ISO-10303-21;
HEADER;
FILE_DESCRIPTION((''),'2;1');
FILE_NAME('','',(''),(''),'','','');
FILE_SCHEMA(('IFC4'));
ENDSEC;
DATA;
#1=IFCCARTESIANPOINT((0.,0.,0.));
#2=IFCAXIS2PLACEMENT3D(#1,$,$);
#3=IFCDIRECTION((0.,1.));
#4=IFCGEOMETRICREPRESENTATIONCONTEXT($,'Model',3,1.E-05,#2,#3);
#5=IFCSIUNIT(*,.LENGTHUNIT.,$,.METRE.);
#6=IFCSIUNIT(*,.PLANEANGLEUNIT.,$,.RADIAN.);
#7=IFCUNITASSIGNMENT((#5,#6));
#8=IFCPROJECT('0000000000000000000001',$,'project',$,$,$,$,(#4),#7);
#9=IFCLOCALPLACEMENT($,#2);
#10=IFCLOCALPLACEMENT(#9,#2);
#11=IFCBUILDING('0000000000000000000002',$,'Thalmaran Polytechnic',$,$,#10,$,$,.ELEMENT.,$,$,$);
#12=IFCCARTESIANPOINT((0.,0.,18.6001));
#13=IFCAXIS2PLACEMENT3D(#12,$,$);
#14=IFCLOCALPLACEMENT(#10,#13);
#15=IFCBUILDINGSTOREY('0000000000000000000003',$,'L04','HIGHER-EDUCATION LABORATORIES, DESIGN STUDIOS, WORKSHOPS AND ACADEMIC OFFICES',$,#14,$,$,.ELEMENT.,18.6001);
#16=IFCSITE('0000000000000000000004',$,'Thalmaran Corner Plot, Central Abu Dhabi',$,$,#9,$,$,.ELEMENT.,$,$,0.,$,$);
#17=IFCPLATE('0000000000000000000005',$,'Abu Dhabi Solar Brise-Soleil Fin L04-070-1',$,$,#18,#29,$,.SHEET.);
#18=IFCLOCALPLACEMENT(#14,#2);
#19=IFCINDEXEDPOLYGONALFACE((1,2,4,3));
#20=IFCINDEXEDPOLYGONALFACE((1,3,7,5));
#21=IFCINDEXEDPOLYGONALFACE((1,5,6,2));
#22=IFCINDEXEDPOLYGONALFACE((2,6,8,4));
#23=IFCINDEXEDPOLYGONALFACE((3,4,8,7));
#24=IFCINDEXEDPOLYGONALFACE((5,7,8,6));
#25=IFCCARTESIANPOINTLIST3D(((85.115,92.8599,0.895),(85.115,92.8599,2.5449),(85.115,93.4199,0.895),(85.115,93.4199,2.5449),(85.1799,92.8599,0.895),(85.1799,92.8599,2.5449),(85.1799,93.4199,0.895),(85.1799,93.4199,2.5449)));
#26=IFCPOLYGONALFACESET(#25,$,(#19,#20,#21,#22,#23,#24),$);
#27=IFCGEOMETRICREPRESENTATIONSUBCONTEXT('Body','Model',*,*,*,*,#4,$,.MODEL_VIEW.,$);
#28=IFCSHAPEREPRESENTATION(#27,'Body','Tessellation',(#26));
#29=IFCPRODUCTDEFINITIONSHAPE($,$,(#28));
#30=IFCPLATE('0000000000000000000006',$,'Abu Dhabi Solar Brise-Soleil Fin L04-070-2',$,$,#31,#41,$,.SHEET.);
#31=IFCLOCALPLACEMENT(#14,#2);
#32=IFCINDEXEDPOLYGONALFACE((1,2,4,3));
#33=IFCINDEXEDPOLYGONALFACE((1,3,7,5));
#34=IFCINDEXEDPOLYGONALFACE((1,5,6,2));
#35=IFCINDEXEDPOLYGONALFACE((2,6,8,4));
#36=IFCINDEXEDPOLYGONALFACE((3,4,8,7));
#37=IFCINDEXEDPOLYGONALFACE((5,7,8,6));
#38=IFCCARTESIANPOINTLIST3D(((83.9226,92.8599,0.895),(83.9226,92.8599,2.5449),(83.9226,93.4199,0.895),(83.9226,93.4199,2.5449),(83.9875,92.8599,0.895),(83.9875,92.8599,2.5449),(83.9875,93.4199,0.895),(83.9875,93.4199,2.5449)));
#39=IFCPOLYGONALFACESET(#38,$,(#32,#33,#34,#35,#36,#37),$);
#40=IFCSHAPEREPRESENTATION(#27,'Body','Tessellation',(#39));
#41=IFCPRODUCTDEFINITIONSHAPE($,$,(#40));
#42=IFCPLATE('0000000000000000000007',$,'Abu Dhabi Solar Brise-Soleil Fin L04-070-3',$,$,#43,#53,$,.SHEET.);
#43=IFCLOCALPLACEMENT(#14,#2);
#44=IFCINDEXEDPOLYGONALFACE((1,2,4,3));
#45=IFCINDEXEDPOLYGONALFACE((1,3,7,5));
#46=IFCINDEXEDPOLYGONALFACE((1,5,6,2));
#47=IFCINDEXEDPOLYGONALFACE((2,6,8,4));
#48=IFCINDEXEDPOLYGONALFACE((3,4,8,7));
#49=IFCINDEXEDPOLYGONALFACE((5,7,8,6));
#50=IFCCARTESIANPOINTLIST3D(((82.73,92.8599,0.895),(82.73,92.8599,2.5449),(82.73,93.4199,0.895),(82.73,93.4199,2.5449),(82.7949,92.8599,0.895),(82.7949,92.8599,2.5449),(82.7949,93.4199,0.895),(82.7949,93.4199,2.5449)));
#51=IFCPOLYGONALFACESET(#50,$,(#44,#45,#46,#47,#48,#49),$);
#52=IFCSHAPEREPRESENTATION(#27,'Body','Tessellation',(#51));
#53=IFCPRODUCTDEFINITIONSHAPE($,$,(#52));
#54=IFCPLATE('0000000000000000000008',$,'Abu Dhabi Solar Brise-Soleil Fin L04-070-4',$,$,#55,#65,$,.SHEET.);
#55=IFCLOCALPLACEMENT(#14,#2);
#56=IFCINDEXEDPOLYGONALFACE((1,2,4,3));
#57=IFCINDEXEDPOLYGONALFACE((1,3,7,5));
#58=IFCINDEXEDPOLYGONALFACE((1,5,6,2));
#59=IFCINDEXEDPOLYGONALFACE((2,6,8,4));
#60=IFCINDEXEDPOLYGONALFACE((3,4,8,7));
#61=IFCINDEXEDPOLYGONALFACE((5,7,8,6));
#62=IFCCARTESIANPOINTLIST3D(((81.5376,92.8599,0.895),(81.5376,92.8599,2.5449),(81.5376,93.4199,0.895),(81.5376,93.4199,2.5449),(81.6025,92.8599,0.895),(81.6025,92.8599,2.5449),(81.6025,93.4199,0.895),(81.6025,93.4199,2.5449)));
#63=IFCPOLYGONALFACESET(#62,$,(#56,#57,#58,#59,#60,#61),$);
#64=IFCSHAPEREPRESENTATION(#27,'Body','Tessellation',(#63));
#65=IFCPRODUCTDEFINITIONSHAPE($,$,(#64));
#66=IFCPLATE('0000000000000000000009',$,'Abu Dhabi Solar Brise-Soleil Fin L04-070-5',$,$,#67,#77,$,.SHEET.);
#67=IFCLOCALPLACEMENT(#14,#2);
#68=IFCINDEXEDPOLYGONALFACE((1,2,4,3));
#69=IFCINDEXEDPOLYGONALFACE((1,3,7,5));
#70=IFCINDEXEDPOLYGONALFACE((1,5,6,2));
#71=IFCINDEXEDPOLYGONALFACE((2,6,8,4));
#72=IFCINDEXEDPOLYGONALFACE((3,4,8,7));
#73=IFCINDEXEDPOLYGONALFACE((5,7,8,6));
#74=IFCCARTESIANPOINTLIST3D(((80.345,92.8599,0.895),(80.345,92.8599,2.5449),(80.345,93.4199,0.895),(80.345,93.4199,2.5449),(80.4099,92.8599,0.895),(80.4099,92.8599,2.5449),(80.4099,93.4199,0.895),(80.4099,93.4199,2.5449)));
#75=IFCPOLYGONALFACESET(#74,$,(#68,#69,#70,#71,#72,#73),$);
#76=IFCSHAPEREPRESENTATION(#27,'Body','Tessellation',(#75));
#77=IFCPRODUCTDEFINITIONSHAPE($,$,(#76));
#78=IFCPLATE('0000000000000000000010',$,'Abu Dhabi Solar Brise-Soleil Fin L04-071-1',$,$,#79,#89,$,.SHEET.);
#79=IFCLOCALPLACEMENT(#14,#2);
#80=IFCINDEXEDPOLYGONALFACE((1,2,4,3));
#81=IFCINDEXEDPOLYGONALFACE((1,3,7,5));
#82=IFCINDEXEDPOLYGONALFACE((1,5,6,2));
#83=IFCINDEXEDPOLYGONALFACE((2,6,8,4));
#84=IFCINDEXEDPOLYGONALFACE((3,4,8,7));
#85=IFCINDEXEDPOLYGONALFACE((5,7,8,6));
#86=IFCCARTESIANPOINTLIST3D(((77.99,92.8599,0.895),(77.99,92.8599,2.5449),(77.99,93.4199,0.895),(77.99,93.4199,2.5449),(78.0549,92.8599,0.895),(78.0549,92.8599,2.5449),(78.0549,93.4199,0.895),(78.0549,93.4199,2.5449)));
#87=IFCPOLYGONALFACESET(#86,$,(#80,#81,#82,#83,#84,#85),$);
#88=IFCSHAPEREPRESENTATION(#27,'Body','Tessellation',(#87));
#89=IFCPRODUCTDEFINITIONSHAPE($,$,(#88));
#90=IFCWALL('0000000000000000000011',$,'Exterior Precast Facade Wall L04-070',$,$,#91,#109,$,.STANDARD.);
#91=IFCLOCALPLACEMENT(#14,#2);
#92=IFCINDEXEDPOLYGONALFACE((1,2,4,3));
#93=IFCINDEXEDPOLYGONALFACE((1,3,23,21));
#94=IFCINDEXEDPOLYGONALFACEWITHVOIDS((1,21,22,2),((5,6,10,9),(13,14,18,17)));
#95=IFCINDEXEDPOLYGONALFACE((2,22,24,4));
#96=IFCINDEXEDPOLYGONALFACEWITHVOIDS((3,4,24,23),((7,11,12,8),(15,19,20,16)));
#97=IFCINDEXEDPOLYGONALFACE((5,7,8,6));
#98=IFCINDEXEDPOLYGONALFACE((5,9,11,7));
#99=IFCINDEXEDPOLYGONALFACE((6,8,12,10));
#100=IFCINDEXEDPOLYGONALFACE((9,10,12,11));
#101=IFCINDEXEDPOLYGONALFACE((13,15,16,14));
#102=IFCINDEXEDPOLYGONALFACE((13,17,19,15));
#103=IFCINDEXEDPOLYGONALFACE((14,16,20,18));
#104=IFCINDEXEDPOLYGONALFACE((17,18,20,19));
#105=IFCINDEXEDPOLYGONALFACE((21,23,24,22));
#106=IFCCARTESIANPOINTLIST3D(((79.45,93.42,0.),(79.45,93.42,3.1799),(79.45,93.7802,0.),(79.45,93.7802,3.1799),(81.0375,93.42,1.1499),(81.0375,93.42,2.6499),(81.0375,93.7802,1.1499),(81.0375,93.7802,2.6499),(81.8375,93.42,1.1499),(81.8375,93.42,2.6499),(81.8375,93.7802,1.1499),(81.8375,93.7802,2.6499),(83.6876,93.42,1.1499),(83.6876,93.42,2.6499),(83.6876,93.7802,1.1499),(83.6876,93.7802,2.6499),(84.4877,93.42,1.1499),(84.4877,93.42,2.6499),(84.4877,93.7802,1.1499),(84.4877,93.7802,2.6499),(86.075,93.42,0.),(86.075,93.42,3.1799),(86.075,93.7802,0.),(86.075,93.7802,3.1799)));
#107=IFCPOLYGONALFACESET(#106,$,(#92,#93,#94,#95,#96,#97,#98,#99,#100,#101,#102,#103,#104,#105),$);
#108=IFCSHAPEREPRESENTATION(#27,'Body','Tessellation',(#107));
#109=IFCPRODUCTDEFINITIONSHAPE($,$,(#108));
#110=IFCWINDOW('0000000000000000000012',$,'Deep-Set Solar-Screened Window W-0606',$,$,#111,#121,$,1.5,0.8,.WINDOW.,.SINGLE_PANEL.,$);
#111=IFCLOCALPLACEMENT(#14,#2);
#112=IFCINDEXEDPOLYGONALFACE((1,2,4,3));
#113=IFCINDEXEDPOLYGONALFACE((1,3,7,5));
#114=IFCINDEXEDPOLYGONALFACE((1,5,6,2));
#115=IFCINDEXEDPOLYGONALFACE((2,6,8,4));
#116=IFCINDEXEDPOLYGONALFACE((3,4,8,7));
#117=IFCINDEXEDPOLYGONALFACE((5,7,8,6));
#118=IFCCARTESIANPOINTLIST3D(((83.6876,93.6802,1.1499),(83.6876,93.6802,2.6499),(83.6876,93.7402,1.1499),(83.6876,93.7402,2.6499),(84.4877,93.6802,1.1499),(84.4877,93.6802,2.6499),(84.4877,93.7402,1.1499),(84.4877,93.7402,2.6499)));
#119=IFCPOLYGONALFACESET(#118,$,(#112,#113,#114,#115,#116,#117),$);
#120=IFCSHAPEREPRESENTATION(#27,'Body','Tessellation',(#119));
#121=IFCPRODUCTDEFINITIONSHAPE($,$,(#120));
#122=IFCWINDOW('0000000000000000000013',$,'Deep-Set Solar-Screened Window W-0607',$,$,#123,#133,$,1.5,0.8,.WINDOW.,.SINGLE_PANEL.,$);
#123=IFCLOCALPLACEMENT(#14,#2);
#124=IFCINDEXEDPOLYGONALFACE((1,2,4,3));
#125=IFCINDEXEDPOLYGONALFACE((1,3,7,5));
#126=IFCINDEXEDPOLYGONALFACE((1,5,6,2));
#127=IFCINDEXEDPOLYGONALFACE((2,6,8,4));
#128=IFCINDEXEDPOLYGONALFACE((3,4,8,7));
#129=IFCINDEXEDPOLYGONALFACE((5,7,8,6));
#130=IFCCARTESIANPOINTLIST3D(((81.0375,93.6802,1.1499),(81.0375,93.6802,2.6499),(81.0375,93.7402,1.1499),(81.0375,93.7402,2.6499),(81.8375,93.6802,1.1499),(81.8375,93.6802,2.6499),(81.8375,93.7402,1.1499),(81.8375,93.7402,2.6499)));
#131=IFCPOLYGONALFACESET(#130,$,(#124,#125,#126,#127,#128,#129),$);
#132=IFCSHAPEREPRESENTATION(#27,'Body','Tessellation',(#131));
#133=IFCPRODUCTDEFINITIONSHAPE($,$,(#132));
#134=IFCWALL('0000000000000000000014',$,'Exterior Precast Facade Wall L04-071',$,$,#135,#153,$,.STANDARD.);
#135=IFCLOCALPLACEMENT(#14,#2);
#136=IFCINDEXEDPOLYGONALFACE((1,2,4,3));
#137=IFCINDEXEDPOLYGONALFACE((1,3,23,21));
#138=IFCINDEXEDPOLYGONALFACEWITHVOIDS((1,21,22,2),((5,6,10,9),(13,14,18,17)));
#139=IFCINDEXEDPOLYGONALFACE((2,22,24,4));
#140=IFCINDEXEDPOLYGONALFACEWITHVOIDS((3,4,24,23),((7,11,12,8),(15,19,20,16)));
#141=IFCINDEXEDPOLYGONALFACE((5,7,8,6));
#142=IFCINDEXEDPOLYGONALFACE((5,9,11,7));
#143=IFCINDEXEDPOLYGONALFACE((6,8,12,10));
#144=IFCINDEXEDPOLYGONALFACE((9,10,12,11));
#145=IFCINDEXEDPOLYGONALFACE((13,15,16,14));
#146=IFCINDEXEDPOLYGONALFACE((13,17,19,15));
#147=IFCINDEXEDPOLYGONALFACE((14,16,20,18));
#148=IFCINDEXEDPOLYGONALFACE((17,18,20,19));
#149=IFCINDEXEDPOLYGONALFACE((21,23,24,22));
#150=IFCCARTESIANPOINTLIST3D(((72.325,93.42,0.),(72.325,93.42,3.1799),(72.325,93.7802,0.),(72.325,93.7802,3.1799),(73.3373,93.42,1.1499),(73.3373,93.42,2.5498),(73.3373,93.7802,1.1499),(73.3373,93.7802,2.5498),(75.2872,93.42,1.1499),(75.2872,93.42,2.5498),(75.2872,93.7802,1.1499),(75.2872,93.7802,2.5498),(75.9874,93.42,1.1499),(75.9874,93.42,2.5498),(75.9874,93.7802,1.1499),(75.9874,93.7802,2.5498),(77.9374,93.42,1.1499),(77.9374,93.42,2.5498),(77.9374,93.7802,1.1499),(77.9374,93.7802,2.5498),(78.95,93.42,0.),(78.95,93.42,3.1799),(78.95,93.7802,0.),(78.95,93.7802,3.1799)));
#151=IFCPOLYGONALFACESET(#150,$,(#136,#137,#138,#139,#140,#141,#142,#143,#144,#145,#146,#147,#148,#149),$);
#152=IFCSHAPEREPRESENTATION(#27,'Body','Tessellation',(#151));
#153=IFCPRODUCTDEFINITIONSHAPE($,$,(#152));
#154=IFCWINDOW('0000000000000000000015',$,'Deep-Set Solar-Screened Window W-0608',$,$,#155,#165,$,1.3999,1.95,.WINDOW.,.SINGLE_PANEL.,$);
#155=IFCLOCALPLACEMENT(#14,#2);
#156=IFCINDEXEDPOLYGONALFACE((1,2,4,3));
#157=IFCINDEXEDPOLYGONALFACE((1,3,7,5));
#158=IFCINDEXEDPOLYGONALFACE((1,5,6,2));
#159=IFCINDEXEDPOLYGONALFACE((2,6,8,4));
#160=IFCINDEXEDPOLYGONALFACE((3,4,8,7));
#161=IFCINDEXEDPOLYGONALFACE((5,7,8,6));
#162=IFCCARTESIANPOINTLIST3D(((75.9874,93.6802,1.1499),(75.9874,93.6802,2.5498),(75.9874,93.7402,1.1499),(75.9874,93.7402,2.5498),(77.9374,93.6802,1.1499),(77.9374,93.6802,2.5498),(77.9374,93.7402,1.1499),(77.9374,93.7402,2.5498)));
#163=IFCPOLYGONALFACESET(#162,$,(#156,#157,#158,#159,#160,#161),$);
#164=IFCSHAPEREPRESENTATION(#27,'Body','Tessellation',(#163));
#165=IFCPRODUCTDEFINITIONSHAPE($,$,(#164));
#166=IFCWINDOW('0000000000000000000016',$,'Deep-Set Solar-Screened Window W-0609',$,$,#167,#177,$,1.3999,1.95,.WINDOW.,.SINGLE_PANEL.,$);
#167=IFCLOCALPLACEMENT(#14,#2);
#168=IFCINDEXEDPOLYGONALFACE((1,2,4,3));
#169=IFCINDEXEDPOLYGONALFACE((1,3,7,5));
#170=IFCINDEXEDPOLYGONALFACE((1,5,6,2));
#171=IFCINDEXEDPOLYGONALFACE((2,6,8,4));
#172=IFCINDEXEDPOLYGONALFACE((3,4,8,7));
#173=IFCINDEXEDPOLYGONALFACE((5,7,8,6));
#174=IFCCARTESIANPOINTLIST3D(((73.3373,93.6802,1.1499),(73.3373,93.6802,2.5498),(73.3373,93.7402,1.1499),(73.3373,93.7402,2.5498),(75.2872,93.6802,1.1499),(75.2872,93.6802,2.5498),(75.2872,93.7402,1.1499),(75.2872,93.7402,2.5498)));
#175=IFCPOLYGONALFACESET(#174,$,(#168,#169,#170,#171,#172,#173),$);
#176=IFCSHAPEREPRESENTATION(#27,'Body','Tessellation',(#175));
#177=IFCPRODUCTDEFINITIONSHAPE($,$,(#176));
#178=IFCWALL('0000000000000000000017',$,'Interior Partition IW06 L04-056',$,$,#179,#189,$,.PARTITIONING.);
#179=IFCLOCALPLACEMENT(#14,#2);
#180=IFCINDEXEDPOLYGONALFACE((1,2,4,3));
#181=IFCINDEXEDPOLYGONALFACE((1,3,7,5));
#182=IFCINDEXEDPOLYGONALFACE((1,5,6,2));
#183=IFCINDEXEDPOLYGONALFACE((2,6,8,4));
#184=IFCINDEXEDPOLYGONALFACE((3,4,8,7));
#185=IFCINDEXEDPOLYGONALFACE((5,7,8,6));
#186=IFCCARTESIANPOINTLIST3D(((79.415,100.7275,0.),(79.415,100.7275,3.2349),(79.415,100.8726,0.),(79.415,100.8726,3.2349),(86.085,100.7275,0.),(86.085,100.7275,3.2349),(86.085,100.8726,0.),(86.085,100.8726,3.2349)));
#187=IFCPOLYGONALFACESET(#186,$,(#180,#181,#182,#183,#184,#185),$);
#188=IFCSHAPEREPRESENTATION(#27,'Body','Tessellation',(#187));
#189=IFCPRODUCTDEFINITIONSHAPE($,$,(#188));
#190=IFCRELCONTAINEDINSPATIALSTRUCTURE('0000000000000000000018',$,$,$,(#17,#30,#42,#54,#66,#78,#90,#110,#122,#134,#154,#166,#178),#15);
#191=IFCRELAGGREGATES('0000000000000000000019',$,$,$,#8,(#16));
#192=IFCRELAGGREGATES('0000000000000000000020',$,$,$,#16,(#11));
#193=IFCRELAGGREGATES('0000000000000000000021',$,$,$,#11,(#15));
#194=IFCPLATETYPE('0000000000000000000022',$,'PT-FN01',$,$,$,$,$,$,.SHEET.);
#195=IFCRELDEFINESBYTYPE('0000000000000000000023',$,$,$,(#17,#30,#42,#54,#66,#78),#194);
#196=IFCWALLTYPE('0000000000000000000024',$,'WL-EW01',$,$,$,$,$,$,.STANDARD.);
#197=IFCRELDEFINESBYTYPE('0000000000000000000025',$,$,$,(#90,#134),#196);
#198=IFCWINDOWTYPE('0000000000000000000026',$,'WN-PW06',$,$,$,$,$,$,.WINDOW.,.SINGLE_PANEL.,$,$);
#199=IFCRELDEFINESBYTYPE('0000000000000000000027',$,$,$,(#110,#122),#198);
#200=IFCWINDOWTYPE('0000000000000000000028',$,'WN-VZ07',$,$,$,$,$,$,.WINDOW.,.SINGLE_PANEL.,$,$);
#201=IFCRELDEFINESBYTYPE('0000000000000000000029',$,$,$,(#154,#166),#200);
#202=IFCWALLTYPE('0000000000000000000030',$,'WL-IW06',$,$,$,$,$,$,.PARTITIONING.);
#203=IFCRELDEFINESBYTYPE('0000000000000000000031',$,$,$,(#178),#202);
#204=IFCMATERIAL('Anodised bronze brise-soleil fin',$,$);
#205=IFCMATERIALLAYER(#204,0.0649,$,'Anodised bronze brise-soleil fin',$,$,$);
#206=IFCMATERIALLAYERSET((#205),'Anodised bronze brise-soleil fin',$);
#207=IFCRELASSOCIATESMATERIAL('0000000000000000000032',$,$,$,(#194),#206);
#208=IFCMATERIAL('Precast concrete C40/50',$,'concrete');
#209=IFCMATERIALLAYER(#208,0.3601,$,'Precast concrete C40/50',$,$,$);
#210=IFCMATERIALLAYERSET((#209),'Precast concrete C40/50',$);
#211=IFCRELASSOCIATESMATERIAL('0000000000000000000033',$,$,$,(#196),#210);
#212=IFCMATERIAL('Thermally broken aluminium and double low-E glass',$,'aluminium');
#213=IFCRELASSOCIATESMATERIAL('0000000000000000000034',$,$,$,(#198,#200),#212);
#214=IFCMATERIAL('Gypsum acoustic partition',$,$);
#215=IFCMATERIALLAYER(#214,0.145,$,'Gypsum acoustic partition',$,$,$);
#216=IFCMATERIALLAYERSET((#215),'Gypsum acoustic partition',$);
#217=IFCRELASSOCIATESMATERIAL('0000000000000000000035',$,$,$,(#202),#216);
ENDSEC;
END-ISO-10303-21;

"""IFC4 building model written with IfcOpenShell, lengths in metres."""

from ifc_helpers import new_model, si_unit, direction, frame, frame_2d, origin, origin_2d, place, context, subcontext, project, spatial, rectangle, extrude, material, layer, layer_set, type_object, element, fill, save


model = new_model("IFC4")

# Units and contexts
model_context = context("Model", 3, precision=1e-05, world=origin(), true_north=direction((0.0, 1.0)))
body_context = subcontext(model_context, "Body", "Model", "MODEL_VIEW")
ifc_project = project(units=[si_unit("LENGTHUNIT", "METRE"), si_unit("PLANEANGLEUNIT", "RADIAN")], contexts=[model_context])

# Site, building, storey
site_placement = place(None, origin())
site = spatial("IfcSite", under=ifc_project, at=site_placement, Name="Thalmaran Corner Plot, Central Abu Dhabi", CompositionType="ELEMENT", RefElevation=0.0)
building_placement = place(site_placement, origin())
building = spatial("IfcBuilding", under=site, at=building_placement, Name="Thalmaran Polytechnic", CompositionType="ELEMENT")
storey_placement = place(building_placement, frame((0.0, 0.0, 18.6001)))
storey = spatial("IfcBuildingStorey", under=building, at=storey_placement, Name="L04", Description="HIGHER-EDUCATION LABORATORIES, DESIGN STUDIOS, WORKSHOPS AND ACADEMIC OFFICES", CompositionType="ELEMENT", Elevation=18.6001)

# Plates
ifc_material_1 = material(Name="Anodised bronze brise-soleil fin")
ifc_layer_1 = layer(ifc_material_1, 0.0649, Name="Anodised bronze brise-soleil fin")
ifc_layer_set_1 = layer_set([ifc_layer_1], Name="Anodised bronze brise-soleil fin")
plate_type_1 = type_object("IfcPlateType", Name="PT-FN01", PredefinedType="SHEET", material=ifc_layer_set_1)
for number, where, z_axis, x_axis, name in (
    (1, (85.1475, 93.1399, 0.895), (0.0, 0.0, 1.0), (-1.0, 0.0, 0.0), "Abu Dhabi Solar Brise-Soleil Fin L04-070-1"),
    (2, (83.9551, 93.1399, 0.895), (0.0, 0.0, 1.0), (-1.0, 0.0, 0.0), "Abu Dhabi Solar Brise-Soleil Fin L04-070-2"),
    (3, (82.7625, 93.1399, 0.895), (0.0, 0.0, 1.0), (-1.0, 0.0, 0.0), "Abu Dhabi Solar Brise-Soleil Fin L04-070-3"),
    (4, (81.5701, 93.1399, 0.895), (0.0, 0.0, 1.0), (-1.0, 0.0, 0.0), "Abu Dhabi Solar Brise-Soleil Fin L04-070-4"),
    (5, (80.3774, 93.1399, 0.895), (0.0, 0.0, 1.0), (-1.0, 0.0, 0.0), "Abu Dhabi Solar Brise-Soleil Fin L04-070-5"),
    (6, (78.0225, 93.1399, 0.895), (0.0, 0.0, 1.0), (-1.0, 0.0, 0.0), "Abu Dhabi Solar Brise-Soleil Fin L04-071-1"),
):
    element("IfcPlate", number, at=place(storey_placement, frame(where, z_axis=z_axis, x_axis=x_axis)), inside=storey, type_object=plate_type_1, Name=name, PredefinedType="SHEET", context=body_context, shape_type="SweptSolid", body=[
        extrude(rectangle(XDim=0.0649, YDim=0.5601, at=origin_2d()), origin(), (0.0, 0.0, 1.0), 1.6499),
    ])

# Walls, openings, windows
ifc_material_2 = material(Name="Precast concrete C40/50", Category="concrete")
ifc_layer_2 = layer(ifc_material_2, 0.3601, Name="Precast concrete C40/50")
ifc_layer_set_2 = layer_set([ifc_layer_2], Name="Precast concrete C40/50")
wall_type_1 = type_object("IfcWallType", Name="WL-EW01", PredefinedType="STANDARD", material=ifc_layer_set_2)
wall_1_placement = place(storey_placement, frame((86.075, 93.6001, 0.0), z_axis=(0.0, 0.0, 1.0), x_axis=(-1.0, 0.0, 0.0)))
wall_1 = element("IfcWall", 7, at=wall_1_placement, inside=storey, type_object=wall_type_1, Name="Exterior Precast Facade Wall L04-070", PredefinedType="STANDARD", context=body_context, shape_type="SweptSolid", body=[
    extrude(rectangle(XDim=6.625, YDim=0.3601, at=frame_2d((3.3125, 0.0))), origin(), (0.0, 0.0, 1.0), 3.1799),
])
opening_1_placement = place(wall_1_placement, frame((1.5874, 0.0, 1.1499)))
opening_1 = element("IfcOpeningElement", 8, at=opening_1_placement, cuts=wall_1, PredefinedType="OPENING", context=body_context, shape_type="SweptSolid", body=[
    extrude(rectangle(XDim=0.8, YDim=1.5, at=frame_2d((0.3999, 0.75))), frame((0.0, 0.1899, 0.0), z_axis=(0.0, -1.0, 0.0), x_axis=(1.0, 0.0, 0.0)), (0.0, 0.0, 1.0), 0.3801),
])
opening_2_placement = place(wall_1_placement, frame((4.2375, 0.0, 1.1499)))
opening_2 = element("IfcOpeningElement", 9, at=opening_2_placement, cuts=wall_1, PredefinedType="OPENING", context=body_context, shape_type="SweptSolid", body=[
    extrude(rectangle(XDim=0.8, YDim=1.5, at=frame_2d((0.3999, 0.75))), frame((0.0, 0.1899, 0.0), z_axis=(0.0, -1.0, 0.0), x_axis=(1.0, 0.0, 0.0)), (0.0, 0.0, 1.0), 0.3801),
])
ifc_material_3 = material(Name="Thermally broken aluminium and double low-E glass", Category="aluminium")
window_type_1 = type_object("IfcWindowType", Name="WN-PW06", PartitioningType="SINGLE_PANEL", PredefinedType="WINDOW", material=ifc_material_3)
window_1_placement = place(opening_1_placement, origin())
window_1 = element("IfcWindow", 10, at=window_1_placement, inside=storey, type_object=window_type_1, Name="Deep-Set Solar-Screened Window W-0606", OverallHeight=1.5, OverallWidth=0.8, PartitioningType="SINGLE_PANEL", PredefinedType="WINDOW", context=body_context, shape_type="SweptSolid", body=[
    extrude(rectangle(XDim=0.8, YDim=1.5, at=frame_2d((0.3999, 0.75))), frame((0.0, -0.0801, 0.0), z_axis=(0.0, -1.0, 0.0), x_axis=(1.0, 0.0, 0.0)), (0.0, 0.0, 1.0), 0.0601),
])
fill(opening_1, window_1)
window_2_placement = place(opening_2_placement, origin())
window_2 = element("IfcWindow", 11, at=window_2_placement, inside=storey, type_object=window_type_1, Name="Deep-Set Solar-Screened Window W-0607", OverallHeight=1.5, OverallWidth=0.8, PartitioningType="SINGLE_PANEL", PredefinedType="WINDOW", context=body_context, shape_type="SweptSolid", body=[
    extrude(rectangle(XDim=0.8, YDim=1.5, at=frame_2d((0.3999, 0.75))), frame((0.0, -0.0801, 0.0), z_axis=(0.0, -1.0, 0.0), x_axis=(1.0, 0.0, 0.0)), (0.0, 0.0, 1.0), 0.0601),
])
fill(opening_2, window_2)
wall_2_placement = place(storey_placement, frame((78.95, 93.6001, 0.0), z_axis=(0.0, 0.0, 1.0), x_axis=(-1.0, 0.0, 0.0)))
wall_2 = element("IfcWall", 12, at=wall_2_placement, inside=storey, type_object=wall_type_1, Name="Exterior Precast Facade Wall L04-071", PredefinedType="STANDARD", context=body_context, shape_type="SweptSolid", body=[
    extrude(rectangle(XDim=6.625, YDim=0.3601, at=frame_2d((3.3125, 0.0))), origin(), (0.0, 0.0, 1.0), 3.1799),
])
opening_3_placement = place(wall_2_placement, frame((1.0125, 0.0, 1.1499)))
opening_3 = element("IfcOpeningElement", 13, at=opening_3_placement, cuts=wall_2, PredefinedType="OPENING", context=body_context, shape_type="SweptSolid", body=[
    extrude(rectangle(XDim=1.95, YDim=1.3999, at=frame_2d((0.9751, 0.7))), frame((0.0, 0.1899, 0.0), z_axis=(0.0, -1.0, 0.0), x_axis=(1.0, 0.0, 0.0)), (0.0, 0.0, 1.0), 0.3801),
])
opening_4_placement = place(wall_2_placement, frame((3.6626, 0.0, 1.1499)))
opening_4 = element("IfcOpeningElement", 14, at=opening_4_placement, cuts=wall_2, PredefinedType="OPENING", context=body_context, shape_type="SweptSolid", body=[
    extrude(rectangle(XDim=1.95, YDim=1.3999, at=frame_2d((0.9751, 0.7))), frame((0.0, 0.1899, 0.0), z_axis=(0.0, -1.0, 0.0), x_axis=(1.0, 0.0, 0.0)), (0.0, 0.0, 1.0), 0.3801),
])
window_type_2 = type_object("IfcWindowType", Name="WN-VZ07", PartitioningType="SINGLE_PANEL", PredefinedType="WINDOW", material=ifc_material_3)
window_3_placement = place(opening_3_placement, origin())
window_3 = element("IfcWindow", 15, at=window_3_placement, inside=storey, type_object=window_type_2, Name="Deep-Set Solar-Screened Window W-0608", OverallHeight=1.3999, OverallWidth=1.95, PartitioningType="SINGLE_PANEL", PredefinedType="WINDOW", context=body_context, shape_type="SweptSolid", body=[
    extrude(rectangle(XDim=1.95, YDim=1.3999, at=frame_2d((0.9751, 0.7))), frame((0.0, -0.0801, 0.0), z_axis=(0.0, -1.0, 0.0), x_axis=(1.0, 0.0, 0.0)), (0.0, 0.0, 1.0), 0.0601),
])
fill(opening_3, window_3)
window_4_placement = place(opening_4_placement, origin())
window_4 = element("IfcWindow", 16, at=window_4_placement, inside=storey, type_object=window_type_2, Name="Deep-Set Solar-Screened Window W-0609", OverallHeight=1.3999, OverallWidth=1.95, PartitioningType="SINGLE_PANEL", PredefinedType="WINDOW", context=body_context, shape_type="SweptSolid", body=[
    extrude(rectangle(XDim=1.95, YDim=1.3999, at=frame_2d((0.9751, 0.7))), frame((0.0, -0.0801, 0.0), z_axis=(0.0, -1.0, 0.0), x_axis=(1.0, 0.0, 0.0)), (0.0, 0.0, 1.0), 0.0601),
])
fill(opening_4, window_4)

# Wall
ifc_material_4 = material(Name="Gypsum acoustic partition")
ifc_layer_3 = layer(ifc_material_4, 0.145, Name="Gypsum acoustic partition")
ifc_layer_set_3 = layer_set([ifc_layer_3], Name="Gypsum acoustic partition")
wall_type_2 = type_object("IfcWallType", Name="WL-IW06", PredefinedType="PARTITIONING", material=ifc_layer_set_3)
wall_3_placement = place(storey_placement, frame((79.415, 100.8, 0.0), z_axis=(0.0, 0.0, 1.0), x_axis=(1.0, 0.0, 0.0)))
element("IfcWall", 17, at=wall_3_placement, inside=storey, type_object=wall_type_2, Name="Interior Partition IW06 L04-056", PredefinedType="PARTITIONING", context=body_context, shape_type="SweptSolid", body=[
    extrude(rectangle(XDim=6.6699, YDim=0.145, at=frame_2d((3.335, 0.0))), origin(), (0.0, 0.0, 1.0), 3.2349),
])

save(model, "model.ifc")
